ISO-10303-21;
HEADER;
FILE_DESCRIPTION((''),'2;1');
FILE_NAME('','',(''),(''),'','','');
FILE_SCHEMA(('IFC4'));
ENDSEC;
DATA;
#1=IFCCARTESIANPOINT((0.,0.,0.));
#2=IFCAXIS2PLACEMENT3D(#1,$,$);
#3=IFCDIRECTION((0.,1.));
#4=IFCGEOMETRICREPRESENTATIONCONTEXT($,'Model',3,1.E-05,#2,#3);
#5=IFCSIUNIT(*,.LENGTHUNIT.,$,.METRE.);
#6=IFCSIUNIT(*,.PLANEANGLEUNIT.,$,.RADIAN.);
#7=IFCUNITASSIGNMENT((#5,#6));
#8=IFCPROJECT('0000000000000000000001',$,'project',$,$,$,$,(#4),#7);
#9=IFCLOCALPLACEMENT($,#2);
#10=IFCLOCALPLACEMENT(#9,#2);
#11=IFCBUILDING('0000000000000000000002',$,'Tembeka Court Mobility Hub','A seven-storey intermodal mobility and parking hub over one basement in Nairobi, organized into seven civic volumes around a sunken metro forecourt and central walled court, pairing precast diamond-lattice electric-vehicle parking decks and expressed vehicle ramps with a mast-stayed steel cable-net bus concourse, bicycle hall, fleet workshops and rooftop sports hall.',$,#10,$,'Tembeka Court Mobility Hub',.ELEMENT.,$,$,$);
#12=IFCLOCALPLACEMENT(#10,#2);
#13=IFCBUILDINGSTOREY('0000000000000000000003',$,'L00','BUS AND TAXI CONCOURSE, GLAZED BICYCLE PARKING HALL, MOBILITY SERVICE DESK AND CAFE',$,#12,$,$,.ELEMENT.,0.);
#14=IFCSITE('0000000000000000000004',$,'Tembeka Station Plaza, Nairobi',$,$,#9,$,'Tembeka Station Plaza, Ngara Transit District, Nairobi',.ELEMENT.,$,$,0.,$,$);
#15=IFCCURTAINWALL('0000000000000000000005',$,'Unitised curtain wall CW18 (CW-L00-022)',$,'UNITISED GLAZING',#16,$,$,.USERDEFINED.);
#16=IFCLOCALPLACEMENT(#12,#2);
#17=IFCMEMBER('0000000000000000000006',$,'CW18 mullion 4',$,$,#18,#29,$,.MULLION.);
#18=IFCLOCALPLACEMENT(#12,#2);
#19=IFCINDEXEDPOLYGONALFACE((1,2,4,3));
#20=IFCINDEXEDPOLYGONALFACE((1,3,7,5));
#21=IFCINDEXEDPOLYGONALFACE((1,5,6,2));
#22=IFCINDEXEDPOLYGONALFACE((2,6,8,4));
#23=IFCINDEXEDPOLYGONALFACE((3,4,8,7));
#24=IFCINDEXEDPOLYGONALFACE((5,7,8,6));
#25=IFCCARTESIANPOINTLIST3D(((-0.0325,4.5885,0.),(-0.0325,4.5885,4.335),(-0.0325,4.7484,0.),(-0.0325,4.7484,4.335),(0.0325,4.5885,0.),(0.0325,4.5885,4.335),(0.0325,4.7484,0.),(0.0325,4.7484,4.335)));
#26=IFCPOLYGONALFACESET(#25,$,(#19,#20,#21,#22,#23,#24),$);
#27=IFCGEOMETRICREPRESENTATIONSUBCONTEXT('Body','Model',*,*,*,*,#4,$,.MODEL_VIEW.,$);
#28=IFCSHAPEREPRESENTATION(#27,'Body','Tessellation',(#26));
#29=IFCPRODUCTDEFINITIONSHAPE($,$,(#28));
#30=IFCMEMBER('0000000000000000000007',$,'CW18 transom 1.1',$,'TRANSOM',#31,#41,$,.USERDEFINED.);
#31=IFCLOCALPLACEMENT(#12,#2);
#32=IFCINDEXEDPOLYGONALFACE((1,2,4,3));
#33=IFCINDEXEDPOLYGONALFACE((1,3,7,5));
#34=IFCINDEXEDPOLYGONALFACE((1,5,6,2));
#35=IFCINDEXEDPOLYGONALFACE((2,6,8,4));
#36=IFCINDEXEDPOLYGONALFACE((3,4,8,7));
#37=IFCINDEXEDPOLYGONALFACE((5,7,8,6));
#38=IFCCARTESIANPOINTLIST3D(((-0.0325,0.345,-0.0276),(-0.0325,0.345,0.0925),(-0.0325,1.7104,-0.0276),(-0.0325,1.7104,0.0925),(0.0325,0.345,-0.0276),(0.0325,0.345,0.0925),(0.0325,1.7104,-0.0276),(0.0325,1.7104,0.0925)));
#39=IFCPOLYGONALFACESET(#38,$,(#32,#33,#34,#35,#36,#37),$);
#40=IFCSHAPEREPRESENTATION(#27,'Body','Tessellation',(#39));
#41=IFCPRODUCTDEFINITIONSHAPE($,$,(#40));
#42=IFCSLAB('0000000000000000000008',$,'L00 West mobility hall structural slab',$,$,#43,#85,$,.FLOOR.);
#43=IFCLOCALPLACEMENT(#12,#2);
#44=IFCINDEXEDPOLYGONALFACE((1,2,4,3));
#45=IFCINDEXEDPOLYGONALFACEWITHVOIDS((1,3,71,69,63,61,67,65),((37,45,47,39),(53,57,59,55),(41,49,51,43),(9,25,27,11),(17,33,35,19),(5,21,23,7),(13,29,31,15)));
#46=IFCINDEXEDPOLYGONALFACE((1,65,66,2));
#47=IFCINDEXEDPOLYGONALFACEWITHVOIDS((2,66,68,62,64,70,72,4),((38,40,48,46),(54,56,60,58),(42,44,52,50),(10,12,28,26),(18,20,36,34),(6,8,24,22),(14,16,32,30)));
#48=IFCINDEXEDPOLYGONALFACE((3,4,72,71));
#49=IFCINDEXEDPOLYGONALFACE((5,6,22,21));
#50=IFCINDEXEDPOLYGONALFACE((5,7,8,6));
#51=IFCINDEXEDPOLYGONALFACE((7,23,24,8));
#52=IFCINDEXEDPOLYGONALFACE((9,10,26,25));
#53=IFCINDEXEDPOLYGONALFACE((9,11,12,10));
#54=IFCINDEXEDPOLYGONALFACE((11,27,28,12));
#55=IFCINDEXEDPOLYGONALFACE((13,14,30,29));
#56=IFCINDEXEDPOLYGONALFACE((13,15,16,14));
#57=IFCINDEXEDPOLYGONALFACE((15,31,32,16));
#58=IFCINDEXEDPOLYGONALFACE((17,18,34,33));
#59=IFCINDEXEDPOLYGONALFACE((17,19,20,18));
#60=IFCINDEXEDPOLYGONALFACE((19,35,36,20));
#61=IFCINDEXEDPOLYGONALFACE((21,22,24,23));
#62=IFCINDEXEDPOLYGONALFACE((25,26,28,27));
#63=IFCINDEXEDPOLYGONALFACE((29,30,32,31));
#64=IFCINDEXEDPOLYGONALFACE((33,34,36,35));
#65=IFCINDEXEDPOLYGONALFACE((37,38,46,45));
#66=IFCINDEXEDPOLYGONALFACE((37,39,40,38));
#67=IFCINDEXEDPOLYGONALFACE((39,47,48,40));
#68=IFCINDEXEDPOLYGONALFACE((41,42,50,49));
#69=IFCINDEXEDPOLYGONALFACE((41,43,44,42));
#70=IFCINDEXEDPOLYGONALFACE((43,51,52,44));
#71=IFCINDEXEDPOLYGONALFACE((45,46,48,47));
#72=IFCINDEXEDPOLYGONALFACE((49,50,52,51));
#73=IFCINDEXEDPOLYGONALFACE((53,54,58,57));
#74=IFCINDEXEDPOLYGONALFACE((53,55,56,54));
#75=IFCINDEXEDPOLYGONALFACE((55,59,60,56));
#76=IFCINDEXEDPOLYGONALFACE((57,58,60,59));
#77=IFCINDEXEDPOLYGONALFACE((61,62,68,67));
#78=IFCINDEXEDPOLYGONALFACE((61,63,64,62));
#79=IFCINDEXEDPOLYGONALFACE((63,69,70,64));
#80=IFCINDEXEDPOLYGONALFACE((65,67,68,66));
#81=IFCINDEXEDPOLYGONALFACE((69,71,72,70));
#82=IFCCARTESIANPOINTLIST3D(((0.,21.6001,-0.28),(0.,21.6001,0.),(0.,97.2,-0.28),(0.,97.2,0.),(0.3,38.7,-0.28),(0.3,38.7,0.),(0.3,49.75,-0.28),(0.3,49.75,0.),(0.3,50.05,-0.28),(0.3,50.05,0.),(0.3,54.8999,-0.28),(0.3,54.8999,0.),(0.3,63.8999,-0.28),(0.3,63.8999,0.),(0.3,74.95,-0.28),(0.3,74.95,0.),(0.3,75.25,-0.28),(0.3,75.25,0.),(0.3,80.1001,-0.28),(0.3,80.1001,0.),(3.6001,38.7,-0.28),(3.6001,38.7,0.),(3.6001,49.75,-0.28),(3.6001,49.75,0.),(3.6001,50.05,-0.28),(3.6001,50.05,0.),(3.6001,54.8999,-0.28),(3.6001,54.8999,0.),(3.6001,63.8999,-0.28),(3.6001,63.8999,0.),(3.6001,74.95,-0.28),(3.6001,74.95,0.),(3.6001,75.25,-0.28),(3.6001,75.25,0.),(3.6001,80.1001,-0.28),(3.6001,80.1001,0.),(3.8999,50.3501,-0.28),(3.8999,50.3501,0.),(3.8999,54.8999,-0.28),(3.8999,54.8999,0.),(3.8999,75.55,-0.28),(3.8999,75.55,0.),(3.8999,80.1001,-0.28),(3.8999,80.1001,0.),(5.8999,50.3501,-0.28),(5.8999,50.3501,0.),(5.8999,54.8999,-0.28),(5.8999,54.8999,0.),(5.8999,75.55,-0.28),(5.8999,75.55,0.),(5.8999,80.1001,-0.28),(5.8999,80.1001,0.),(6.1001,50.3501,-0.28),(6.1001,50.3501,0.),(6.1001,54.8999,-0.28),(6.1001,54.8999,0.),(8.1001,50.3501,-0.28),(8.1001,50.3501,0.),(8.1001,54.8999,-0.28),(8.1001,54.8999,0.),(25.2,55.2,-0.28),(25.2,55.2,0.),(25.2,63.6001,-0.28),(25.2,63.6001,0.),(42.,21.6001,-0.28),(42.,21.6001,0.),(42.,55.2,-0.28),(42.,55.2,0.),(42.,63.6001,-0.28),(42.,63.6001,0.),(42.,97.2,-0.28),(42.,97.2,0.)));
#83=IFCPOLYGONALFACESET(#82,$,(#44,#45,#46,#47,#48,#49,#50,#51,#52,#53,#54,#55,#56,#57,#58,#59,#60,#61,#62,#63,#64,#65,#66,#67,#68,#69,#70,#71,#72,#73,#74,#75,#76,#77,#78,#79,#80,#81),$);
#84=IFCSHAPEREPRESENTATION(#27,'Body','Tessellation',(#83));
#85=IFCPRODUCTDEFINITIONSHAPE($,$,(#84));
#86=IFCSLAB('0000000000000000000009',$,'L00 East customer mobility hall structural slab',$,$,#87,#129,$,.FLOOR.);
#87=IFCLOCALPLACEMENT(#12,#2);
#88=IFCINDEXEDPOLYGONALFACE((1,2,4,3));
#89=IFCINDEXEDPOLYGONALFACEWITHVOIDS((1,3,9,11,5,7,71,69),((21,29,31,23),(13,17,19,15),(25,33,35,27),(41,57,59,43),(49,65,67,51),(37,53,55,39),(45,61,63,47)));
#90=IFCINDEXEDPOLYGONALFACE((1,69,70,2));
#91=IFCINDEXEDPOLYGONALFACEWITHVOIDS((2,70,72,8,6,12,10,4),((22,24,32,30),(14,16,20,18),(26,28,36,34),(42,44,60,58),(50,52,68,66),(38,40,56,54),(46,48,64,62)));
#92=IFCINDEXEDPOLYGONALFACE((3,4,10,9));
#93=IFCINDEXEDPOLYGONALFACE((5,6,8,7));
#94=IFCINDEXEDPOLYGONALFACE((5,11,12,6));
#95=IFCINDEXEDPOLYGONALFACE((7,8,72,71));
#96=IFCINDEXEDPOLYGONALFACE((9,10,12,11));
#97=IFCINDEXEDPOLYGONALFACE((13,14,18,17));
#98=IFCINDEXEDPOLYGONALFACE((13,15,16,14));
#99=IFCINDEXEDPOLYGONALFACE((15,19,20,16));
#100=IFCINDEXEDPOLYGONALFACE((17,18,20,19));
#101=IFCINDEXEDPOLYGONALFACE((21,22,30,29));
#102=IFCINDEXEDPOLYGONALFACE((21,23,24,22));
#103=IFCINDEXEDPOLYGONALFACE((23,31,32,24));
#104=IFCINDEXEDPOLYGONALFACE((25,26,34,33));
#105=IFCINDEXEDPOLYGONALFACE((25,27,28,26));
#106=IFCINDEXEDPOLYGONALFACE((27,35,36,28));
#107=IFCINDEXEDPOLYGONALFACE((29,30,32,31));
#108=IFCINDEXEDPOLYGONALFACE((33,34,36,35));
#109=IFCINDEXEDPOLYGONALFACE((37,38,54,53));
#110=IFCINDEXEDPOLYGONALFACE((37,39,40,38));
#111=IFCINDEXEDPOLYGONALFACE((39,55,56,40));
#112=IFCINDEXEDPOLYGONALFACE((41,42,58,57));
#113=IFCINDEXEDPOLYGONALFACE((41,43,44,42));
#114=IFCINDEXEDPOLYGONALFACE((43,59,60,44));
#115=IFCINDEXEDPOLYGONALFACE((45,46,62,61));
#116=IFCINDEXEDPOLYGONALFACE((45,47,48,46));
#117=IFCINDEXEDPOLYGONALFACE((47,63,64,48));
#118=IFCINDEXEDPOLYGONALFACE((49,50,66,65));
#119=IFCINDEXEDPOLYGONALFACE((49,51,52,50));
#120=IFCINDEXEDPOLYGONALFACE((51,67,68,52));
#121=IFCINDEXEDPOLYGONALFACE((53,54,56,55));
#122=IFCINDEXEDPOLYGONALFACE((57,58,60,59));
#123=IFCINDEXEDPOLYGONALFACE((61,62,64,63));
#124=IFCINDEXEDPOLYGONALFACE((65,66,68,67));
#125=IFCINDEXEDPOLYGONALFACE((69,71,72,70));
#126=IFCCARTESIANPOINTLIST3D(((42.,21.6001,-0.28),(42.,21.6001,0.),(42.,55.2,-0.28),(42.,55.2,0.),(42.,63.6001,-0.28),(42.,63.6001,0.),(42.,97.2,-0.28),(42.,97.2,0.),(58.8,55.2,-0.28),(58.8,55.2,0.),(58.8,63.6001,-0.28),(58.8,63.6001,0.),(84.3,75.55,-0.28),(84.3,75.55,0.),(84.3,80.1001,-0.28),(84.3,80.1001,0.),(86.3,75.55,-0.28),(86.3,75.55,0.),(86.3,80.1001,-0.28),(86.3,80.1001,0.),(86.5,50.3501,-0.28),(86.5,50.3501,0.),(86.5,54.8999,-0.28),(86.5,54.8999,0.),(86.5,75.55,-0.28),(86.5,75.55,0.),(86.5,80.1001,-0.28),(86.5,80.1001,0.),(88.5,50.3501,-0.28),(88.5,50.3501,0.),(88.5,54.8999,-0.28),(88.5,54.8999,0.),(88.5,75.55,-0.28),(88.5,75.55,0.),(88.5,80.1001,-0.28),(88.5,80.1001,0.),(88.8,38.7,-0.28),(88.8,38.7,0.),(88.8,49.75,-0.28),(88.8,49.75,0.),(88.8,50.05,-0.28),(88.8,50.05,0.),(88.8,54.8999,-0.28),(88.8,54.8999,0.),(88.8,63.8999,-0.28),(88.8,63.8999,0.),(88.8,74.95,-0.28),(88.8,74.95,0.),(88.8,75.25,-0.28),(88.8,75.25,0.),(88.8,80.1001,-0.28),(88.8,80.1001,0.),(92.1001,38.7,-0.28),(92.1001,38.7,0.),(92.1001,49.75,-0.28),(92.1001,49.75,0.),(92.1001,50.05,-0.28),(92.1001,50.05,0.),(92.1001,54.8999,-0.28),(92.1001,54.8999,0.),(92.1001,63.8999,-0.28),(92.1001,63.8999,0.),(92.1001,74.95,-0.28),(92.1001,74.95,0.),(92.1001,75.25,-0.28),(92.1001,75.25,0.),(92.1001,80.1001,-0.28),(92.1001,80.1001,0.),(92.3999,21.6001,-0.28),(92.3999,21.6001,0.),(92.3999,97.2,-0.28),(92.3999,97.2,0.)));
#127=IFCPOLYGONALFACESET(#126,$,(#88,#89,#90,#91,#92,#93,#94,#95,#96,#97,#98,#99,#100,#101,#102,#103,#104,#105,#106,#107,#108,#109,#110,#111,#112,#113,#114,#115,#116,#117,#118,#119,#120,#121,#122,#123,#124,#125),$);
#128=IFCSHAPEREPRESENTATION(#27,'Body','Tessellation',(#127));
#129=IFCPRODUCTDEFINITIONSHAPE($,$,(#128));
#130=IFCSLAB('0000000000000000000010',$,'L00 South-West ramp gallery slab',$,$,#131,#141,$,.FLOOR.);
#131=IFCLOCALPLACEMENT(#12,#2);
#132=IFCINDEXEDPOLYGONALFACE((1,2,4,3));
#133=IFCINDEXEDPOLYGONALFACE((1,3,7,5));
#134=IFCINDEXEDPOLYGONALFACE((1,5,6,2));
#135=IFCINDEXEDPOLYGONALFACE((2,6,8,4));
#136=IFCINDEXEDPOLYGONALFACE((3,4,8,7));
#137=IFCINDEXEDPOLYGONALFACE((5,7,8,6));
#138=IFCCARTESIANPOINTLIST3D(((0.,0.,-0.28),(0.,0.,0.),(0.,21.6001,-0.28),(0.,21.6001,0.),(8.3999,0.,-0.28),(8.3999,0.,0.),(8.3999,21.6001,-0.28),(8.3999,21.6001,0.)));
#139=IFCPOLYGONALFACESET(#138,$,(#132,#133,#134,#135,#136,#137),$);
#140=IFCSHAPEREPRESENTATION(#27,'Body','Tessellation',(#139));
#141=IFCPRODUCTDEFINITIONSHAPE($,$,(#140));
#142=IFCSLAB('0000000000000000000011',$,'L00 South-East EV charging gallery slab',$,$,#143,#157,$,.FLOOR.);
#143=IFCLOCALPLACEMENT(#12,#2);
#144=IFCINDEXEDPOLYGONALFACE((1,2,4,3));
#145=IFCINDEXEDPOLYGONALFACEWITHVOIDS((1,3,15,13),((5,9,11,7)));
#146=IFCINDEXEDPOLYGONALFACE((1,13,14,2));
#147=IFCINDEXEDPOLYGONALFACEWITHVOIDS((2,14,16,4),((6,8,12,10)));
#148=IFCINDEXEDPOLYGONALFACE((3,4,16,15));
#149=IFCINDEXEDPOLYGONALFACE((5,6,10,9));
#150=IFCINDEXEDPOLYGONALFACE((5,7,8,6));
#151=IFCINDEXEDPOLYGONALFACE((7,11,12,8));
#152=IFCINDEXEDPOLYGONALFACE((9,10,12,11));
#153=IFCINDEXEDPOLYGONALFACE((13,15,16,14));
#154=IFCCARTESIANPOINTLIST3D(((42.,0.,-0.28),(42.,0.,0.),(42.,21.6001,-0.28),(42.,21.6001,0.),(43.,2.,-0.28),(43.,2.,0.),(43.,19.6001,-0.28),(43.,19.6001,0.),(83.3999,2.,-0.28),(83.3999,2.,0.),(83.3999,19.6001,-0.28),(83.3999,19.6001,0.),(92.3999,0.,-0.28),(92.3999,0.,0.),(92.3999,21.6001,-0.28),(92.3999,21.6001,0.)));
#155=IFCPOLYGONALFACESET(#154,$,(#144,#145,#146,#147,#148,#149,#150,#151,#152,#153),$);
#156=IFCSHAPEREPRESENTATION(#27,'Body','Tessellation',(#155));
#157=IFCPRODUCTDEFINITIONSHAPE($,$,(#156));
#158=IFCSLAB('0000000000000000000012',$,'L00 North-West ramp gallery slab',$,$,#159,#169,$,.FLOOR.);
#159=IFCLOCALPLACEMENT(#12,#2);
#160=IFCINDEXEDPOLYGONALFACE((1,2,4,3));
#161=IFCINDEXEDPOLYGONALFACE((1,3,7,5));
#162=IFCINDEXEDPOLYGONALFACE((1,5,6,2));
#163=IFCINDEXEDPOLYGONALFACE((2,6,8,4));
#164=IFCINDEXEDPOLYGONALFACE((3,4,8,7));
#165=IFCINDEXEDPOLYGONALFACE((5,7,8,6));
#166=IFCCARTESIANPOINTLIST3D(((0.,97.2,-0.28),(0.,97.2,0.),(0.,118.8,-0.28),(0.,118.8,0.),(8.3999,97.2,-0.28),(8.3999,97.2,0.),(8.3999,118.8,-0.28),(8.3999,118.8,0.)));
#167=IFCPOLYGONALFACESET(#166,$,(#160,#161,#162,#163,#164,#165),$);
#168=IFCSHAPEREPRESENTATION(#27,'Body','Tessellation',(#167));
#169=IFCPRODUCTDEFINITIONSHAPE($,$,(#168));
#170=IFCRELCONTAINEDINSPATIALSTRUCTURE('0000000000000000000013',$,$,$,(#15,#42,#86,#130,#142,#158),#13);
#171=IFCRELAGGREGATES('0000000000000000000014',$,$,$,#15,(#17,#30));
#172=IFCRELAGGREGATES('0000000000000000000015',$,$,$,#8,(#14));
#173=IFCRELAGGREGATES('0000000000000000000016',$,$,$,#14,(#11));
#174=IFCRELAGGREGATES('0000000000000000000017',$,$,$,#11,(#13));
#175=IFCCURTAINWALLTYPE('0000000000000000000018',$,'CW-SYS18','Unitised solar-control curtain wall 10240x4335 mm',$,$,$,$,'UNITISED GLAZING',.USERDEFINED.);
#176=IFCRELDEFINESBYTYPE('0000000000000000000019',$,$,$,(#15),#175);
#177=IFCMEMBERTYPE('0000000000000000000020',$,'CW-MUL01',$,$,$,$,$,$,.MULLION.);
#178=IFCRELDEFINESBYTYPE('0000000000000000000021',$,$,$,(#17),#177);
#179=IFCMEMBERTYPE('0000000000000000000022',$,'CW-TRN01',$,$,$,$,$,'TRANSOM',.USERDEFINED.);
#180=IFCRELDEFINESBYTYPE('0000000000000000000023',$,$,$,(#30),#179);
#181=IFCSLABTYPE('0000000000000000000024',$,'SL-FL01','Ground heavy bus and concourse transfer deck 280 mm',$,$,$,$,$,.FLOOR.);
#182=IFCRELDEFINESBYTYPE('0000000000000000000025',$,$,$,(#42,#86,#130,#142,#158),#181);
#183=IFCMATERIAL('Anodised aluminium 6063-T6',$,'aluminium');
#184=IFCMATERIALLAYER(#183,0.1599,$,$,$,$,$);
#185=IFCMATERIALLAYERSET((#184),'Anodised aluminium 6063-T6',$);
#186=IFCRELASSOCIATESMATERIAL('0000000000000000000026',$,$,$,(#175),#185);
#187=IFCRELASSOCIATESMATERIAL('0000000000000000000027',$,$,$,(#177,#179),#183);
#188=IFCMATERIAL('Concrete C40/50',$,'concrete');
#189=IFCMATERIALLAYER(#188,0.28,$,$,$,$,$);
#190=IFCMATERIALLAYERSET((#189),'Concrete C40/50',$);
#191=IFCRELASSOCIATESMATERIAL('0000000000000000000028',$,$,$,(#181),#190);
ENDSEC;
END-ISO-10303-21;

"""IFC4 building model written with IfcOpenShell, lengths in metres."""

from ifc_helpers import new_model, si_unit, direction, frame, origin, origin_2d, place, context, subcontext, project, spatial, polyline, rectangle, outline, extrude, material, layer, layer_set, material_profile, profile_set, type_object, element, aggregate, save


model = new_model("IFC4")

# Units and contexts
model_context = context("Model", 3, precision=1e-05, world=origin(), true_north=direction((0.0, 1.0)))
body_context = subcontext(model_context, "Body", "Model", "MODEL_VIEW")
ifc_project = project(units=[si_unit("LENGTHUNIT", "METRE"), si_unit("PLANEANGLEUNIT", "RADIAN")], contexts=[model_context])

# Site, building, storey
site_placement = place(None, origin())
site = spatial("IfcSite", under=ifc_project, at=site_placement, Name="Tembeka Station Plaza, Nairobi", LongName="Tembeka Station Plaza, Ngara Transit District, Nairobi", CompositionType="ELEMENT", RefElevation=0.0)
building_placement = place(site_placement, origin())
building = spatial("IfcBuilding", under=site, at=building_placement, Name="Tembeka Court Mobility Hub", Description="A seven-storey intermodal mobility and parking hub over one basement in Nairobi, organized into seven civic volumes around a sunken metro forecourt and central walled court, pairing precast diamond-lattice electric-vehicle parking decks and expressed vehicle ramps with a mast-stayed steel cable-net bus concourse, bicycle hall, fleet workshops and rooftop sports hall.", LongName="Tembeka Court Mobility Hub", CompositionType="ELEMENT")
storey_placement = place(building_placement, origin())
storey = spatial("IfcBuildingStorey", under=building, at=storey_placement, Name="L00", Description="BUS AND TAXI CONCOURSE, GLAZED BICYCLE PARKING HALL, MOBILITY SERVICE DESK AND CAFE", CompositionType="ELEMENT", Elevation=0.0)

# Curtain wall, members
ifc_material_1 = material(Name="Anodised aluminium 6063-T6", Category="aluminium")
ifc_layer_1 = layer(ifc_material_1, 0.1599)
ifc_layer_set_1 = layer_set([ifc_layer_1], Name="Anodised aluminium 6063-T6")
curtain_wall_type = type_object("IfcCurtainWallType", Name="CW-SYS18", Description="Unitised solar-control curtain wall 10240x4335 mm", ElementType="UNITISED GLAZING", PredefinedType="USERDEFINED", material=ifc_layer_set_1)
curtain_wall_placement = place(storey_placement, origin())
curtain_wall = element("IfcCurtainWall", 1, at=curtain_wall_placement, inside=storey, type_object=curtain_wall_type, Name="Unitised curtain wall CW18 (CW-L00-022)", ObjectType="UNITISED GLAZING", PredefinedType="USERDEFINED")
ifc_material_profile_1 = material_profile(ifc_material_1, rectangle(XDim=0.0649, YDim=0.1599, at=origin_2d()), Name="ALU-MUL 65x160")
ifc_profile_set_1 = profile_set([ifc_material_profile_1], Name="Anodised aluminium 6063-T6")
member_type_1 = type_object("IfcMemberType", Name="CW-MUL01", PredefinedType="MULLION", material=ifc_profile_set_1)
member_1_placement = place(storey_placement, frame((0.0, 4.6685, 0.0), z_axis=(0.0, 0.0, 1.0), x_axis=(-1.0, 0.0, 0.0)))
member_1 = element("IfcMember", 2, at=member_1_placement, type_object=member_type_1, Name="CW18 mullion 4", PredefinedType="MULLION", context=body_context, shape_type="SweptSolid", body=[
    extrude(rectangle(XDim=0.0649, YDim=0.1599, at=origin_2d()), origin(), (0.0, 0.0, 1.0), 4.335),
])
ifc_material_profile_2 = material_profile(ifc_material_1, rectangle(XDim=0.0649, YDim=0.1201, at=origin_2d()), Name="ALU-TRN 65x120")
ifc_profile_set_2 = profile_set([ifc_material_profile_2], Name="Anodised aluminium 6063-T6")
member_type_2 = type_object("IfcMemberType", Name="CW-TRN01", ElementType="TRANSOM", PredefinedType="USERDEFINED", material=ifc_profile_set_2)
member_2_placement = place(storey_placement, frame((0.0, 0.345, 0.0325), z_axis=(0.0, 1.0, 0.0), x_axis=(-1.0, 0.0, 0.0)))
member_2 = element("IfcMember", 3, at=member_2_placement, type_object=member_type_2, Name="CW18 transom 1.1", ObjectType="TRANSOM", PredefinedType="USERDEFINED", context=body_context, shape_type="SweptSolid", body=[
    extrude(rectangle(XDim=0.0649, YDim=0.1201, at=origin_2d()), origin(), (0.0, 0.0, 1.0), 1.3655),
])
aggregate(curtain_wall, [member_1, member_2])

# Slabs
ifc_material_2 = material(Name="Concrete C40/50", Category="concrete")
ifc_layer_2 = layer(ifc_material_2, 0.28)
ifc_layer_set_2 = layer_set([ifc_layer_2], Name="Concrete C40/50")
slab_type_1 = type_object("IfcSlabType", Name="SL-FL01", Description="Ground heavy bus and concourse transfer deck 280 mm", PredefinedType="FLOOR", material=ifc_layer_set_2)
slab_1_placement = place(storey_placement, frame((0.0, 0.0, -0.28)))
element("IfcSlab", 4, at=slab_1_placement, inside=storey, type_object=slab_type_1, Name="L00 West mobility hall structural slab", PredefinedType="FLOOR", context=body_context, shape_type="SweptSolid", body=[
    extrude(outline(polyline([(0.0, 21.6001), (42.0, 21.6001), (42.0, 55.2), (25.2, 55.2), (25.2, 63.6001), (42.0, 63.6001), (42.0, 97.2), (0.0, 97.2), (0.0, 21.6001)]), holes=[polyline([(0.3, 49.75), (3.6001, 49.75), (3.6001, 38.7), (0.3, 38.7), (0.3, 49.75)]), polyline([(3.8999, 54.8999), (5.8999, 54.8999), (5.8999, 50.3501), (3.8999, 50.3501), (3.8999, 54.8999)]), polyline([(6.1001, 54.8999), (8.1001, 54.8999), (8.1001, 50.3501), (6.1001, 50.3501), (6.1001, 54.8999)]), polyline([(0.3, 54.8999), (3.6001, 54.8999), (3.6001, 50.05), (0.3, 50.05), (0.3, 54.8999)]), polyline([(0.3, 74.95), (3.6001, 74.95), (3.6001, 63.8999), (0.3, 63.8999), (0.3, 74.95)]), polyline([(3.8999, 80.1001), (5.8999, 80.1001), (5.8999, 75.55), (3.8999, 75.55), (3.8999, 80.1001)]), polyline([(0.3, 80.1001), (3.6001, 80.1001), (3.6001, 75.25), (0.3, 75.25), (0.3, 80.1001)])]), origin(), (0.0, 0.0, 1.0), 0.28),
])
slab_2_placement = place(storey_placement, frame((0.0, 0.0, -0.28)))
element("IfcSlab", 5, at=slab_2_placement, inside=storey, type_object=slab_type_1, Name="L00 East customer mobility hall structural slab", PredefinedType="FLOOR", context=body_context, shape_type="SweptSolid", body=[
    extrude(outline(polyline([(42.0, 21.6001), (92.3999, 21.6001), (92.3999, 97.2), (42.0, 97.2), (42.0, 63.6001), (58.8, 63.6001), (58.8, 55.2), (42.0, 55.2), (42.0, 21.6001)]), holes=[polyline([(88.8, 74.95), (92.1001, 74.95), (92.1001, 63.8999), (88.8, 63.8999), (88.8, 74.95)]), polyline([(84.3, 80.1001), (86.3, 80.1001), (86.3, 75.55), (84.3, 75.55), (84.3, 80.1001)]), polyline([(86.5, 80.1001), (88.5, 80.1001), (88.5, 75.55), (86.5, 75.55), (86.5, 80.1001)]), polyline([(88.8, 80.1001), (92.1001, 80.1001), (92.1001, 75.25), (88.8, 75.25), (88.8, 80.1001)]), polyline([(88.8, 49.75), (92.1001, 49.75), (92.1001, 38.7), (88.8, 38.7), (88.8, 49.75)]), polyline([(86.5, 54.8999), (88.5, 54.8999), (88.5, 50.3501), (86.5, 50.3501), (86.5, 54.8999)]), polyline([(88.8, 54.8999), (92.1001, 54.8999), (92.1001, 50.05), (88.8, 50.05), (88.8, 54.8999)])]), origin(), (0.0, 0.0, 1.0), 0.28),
])
slab_3_placement = place(storey_placement, frame((0.0, 0.0, -0.28)))
element("IfcSlab", 6, at=slab_3_placement, inside=storey, type_object=slab_type_1, Name="L00 South-West ramp gallery slab", PredefinedType="FLOOR", context=body_context, shape_type="SweptSolid", body=[
    extrude(outline(polyline([(0.0, 0.0), (8.3999, 0.0), (8.3999, 21.6001), (0.0, 21.6001), (0.0, 0.0)])), origin(), (0.0, 0.0, 1.0), 0.28),
])
slab_4_placement = place(storey_placement, frame((0.0, 0.0, -0.28)))
element("IfcSlab", 7, at=slab_4_placement, inside=storey, type_object=slab_type_1, Name="L00 South-East EV charging gallery slab", PredefinedType="FLOOR", context=body_context, shape_type="SweptSolid", body=[
    extrude(outline(polyline([(42.0, 0.0), (92.3999, 0.0), (92.3999, 21.6001), (42.0, 21.6001), (42.0, 0.0)]), holes=[polyline([(43.0, 19.6001), (83.3999, 19.6001), (83.3999, 2.0), (43.0, 2.0), (43.0, 19.6001)])]), origin(), (0.0, 0.0, 1.0), 0.28),
])
slab_5_placement = place(storey_placement, frame((0.0, 0.0, -0.28)))
element("IfcSlab", 8, at=slab_5_placement, inside=storey, type_object=slab_type_1, Name="L00 North-West ramp gallery slab", PredefinedType="FLOOR", context=body_context, shape_type="SweptSolid", body=[
    extrude(outline(polyline([(0.0, 97.2), (8.3999, 97.2), (8.3999, 118.8), (0.0, 118.8), (0.0, 97.2)])), origin(), (0.0, 0.0, 1.0), 0.28),
])

save(model, "model.ifc")
